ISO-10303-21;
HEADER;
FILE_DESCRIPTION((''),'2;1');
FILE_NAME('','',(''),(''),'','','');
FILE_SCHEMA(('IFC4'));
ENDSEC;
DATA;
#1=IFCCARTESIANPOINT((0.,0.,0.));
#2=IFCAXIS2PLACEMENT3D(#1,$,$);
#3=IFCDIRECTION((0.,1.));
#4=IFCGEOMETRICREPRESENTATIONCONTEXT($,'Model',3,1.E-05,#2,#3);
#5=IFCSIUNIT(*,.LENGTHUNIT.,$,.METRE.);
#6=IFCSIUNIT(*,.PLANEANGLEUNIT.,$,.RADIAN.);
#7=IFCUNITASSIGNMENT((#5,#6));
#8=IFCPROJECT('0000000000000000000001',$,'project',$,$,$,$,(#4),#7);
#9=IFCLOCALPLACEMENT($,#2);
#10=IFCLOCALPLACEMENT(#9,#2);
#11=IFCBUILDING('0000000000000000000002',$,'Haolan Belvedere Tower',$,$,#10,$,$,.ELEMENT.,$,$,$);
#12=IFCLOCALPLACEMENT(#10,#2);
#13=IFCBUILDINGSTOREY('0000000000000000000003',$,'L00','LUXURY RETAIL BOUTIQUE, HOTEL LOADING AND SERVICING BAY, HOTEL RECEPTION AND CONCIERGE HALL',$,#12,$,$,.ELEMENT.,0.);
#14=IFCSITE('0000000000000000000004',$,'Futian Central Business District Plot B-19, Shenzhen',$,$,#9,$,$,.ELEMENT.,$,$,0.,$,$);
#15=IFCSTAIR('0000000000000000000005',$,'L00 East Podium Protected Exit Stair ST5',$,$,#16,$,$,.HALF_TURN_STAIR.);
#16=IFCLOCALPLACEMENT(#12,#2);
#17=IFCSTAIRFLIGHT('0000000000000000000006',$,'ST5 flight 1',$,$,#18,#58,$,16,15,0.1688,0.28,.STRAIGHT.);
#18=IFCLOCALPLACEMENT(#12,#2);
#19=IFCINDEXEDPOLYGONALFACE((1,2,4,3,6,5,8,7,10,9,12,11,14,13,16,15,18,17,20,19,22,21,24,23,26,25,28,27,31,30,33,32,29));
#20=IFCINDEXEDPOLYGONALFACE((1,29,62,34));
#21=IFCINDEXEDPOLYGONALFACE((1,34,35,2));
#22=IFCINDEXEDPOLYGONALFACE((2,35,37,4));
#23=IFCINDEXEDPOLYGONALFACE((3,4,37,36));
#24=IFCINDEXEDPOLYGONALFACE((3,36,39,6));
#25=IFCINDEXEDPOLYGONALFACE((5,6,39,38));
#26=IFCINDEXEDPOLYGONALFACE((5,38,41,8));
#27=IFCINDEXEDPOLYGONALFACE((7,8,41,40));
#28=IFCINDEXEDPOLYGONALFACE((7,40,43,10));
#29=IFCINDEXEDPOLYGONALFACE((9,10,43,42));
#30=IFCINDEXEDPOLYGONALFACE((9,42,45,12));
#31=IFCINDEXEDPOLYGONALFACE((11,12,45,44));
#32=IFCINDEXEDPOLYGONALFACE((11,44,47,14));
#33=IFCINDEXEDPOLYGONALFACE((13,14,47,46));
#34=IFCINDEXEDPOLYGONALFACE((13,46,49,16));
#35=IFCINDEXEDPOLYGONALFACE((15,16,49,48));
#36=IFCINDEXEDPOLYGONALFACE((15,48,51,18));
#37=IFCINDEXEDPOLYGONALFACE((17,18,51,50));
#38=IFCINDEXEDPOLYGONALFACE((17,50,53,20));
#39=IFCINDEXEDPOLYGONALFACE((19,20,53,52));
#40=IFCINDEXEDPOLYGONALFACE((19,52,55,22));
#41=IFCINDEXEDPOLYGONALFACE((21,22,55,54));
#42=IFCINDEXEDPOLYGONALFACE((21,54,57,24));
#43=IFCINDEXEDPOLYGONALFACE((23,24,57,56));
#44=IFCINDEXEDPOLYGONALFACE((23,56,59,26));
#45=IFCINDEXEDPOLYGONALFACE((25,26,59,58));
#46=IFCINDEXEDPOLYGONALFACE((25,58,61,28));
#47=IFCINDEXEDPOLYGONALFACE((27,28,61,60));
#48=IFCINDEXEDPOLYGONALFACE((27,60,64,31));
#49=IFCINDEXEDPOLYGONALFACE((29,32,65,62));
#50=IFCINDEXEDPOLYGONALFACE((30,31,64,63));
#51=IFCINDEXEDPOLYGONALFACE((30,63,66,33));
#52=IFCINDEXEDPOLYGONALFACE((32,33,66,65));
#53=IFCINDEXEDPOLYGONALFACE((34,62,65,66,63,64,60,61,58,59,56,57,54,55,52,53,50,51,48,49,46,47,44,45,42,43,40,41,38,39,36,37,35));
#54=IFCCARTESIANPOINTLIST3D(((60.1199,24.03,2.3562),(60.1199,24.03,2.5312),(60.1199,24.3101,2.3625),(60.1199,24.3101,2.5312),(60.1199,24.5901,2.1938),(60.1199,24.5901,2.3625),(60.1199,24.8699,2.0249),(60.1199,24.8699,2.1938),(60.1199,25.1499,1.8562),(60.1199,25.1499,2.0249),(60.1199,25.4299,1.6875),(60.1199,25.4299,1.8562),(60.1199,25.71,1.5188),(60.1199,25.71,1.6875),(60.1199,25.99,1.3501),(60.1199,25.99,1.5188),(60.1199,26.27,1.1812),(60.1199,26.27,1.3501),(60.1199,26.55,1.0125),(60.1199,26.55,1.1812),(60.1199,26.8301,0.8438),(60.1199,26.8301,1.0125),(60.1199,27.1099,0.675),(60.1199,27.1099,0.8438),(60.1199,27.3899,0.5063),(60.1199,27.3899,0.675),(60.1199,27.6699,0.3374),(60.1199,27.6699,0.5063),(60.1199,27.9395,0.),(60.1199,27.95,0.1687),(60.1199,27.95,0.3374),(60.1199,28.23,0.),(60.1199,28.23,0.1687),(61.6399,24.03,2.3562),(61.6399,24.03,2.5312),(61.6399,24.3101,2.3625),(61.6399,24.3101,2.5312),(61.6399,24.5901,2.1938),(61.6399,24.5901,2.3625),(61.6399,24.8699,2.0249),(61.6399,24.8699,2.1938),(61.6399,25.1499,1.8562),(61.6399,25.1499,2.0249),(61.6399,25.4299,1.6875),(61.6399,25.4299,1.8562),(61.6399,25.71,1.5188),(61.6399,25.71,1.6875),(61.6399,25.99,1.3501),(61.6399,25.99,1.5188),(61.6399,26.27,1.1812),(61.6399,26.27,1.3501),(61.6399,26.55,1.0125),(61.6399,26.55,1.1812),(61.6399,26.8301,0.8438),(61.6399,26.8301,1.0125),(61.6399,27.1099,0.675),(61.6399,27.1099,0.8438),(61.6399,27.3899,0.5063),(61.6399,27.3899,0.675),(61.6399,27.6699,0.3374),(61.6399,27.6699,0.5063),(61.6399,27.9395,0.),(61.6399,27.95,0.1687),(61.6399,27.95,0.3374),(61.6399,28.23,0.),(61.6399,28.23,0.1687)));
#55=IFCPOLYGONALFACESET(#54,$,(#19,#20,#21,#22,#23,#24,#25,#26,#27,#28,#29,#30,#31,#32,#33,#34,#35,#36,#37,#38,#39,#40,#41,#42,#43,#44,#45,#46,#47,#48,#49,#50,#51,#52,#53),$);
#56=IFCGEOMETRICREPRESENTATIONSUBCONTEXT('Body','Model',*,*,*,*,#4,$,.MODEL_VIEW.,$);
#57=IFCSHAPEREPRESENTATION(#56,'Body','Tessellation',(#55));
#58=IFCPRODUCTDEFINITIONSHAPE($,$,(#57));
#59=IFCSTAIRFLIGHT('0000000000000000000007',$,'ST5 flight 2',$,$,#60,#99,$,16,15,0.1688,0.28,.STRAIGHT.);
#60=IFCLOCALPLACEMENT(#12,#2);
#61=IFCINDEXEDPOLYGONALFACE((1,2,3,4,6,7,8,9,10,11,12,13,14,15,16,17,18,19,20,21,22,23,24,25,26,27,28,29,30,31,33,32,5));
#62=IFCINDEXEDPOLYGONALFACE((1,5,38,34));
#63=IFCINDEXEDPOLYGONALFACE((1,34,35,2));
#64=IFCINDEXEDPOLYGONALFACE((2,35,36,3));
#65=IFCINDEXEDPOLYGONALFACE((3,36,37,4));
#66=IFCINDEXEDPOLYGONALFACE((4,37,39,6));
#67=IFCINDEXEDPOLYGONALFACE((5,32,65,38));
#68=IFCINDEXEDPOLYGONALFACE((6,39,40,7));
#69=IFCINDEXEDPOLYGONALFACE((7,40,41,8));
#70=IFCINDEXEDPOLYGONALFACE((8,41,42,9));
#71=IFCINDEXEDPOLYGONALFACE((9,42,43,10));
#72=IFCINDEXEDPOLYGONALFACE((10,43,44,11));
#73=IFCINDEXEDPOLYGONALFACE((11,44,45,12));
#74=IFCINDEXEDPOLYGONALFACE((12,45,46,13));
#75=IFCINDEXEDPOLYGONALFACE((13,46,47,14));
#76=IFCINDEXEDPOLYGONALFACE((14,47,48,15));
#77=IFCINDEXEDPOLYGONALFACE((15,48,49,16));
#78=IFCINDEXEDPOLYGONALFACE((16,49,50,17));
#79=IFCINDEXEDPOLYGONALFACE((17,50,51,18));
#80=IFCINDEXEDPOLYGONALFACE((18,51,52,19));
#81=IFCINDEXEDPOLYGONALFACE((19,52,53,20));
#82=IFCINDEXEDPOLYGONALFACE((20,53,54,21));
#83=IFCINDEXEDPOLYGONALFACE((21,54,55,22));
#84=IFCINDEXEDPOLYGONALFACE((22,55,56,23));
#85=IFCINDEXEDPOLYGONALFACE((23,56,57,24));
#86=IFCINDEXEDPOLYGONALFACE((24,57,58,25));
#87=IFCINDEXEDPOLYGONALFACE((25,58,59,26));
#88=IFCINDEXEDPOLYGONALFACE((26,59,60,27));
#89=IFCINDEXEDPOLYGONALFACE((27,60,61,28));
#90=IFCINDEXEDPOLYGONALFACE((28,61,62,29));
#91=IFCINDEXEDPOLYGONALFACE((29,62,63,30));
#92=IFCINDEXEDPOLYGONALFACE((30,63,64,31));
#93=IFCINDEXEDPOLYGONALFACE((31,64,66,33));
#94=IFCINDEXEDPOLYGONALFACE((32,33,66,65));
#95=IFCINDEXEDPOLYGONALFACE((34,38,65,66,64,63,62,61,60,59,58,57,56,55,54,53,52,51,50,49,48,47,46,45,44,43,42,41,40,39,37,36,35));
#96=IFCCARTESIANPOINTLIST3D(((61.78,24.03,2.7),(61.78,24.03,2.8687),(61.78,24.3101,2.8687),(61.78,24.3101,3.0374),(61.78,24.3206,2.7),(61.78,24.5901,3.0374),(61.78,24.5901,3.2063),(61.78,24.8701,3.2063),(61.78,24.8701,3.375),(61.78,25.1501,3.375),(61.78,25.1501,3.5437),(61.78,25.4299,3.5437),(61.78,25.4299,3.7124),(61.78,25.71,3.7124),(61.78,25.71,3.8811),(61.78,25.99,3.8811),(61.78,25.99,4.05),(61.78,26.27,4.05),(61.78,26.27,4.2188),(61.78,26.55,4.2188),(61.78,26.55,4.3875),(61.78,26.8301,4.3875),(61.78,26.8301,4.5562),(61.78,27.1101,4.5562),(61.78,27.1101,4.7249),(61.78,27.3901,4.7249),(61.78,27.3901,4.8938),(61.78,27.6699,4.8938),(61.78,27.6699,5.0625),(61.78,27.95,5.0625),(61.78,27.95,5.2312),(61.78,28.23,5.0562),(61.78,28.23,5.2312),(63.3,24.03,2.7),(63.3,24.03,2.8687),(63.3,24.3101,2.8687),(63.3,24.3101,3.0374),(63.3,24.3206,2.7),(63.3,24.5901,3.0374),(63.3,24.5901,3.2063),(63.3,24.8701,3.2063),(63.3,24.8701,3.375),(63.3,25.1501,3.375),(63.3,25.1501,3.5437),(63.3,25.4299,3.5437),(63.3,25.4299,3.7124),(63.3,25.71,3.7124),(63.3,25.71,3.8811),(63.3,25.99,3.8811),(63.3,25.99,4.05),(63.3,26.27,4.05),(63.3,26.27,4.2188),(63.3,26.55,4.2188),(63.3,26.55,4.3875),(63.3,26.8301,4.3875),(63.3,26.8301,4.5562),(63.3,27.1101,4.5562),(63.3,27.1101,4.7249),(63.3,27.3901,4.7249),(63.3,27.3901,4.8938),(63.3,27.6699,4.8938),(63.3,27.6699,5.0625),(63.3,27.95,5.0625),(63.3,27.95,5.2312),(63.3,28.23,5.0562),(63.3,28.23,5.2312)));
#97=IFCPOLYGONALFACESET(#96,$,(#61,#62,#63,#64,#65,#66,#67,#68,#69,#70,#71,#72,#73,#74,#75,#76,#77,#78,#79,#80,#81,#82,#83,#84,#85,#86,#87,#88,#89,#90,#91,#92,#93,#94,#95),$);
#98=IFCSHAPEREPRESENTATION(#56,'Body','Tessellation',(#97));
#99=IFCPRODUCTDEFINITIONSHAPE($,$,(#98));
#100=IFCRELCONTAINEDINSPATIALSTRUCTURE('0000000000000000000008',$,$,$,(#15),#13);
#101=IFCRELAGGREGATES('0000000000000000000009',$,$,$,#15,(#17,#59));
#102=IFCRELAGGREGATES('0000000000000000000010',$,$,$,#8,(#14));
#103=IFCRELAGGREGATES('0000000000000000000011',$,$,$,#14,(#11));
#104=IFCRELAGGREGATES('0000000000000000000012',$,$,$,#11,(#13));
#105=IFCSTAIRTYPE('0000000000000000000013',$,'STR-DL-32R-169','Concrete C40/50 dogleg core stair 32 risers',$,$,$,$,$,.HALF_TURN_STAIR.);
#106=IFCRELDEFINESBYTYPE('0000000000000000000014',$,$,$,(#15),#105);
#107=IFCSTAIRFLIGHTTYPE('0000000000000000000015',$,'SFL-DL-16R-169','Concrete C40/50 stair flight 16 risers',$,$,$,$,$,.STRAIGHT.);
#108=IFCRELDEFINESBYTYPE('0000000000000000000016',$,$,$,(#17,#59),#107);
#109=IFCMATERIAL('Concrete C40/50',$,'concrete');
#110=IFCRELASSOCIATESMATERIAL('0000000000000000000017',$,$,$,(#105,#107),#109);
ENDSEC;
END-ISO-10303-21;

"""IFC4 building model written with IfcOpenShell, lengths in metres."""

from ifc_helpers import new_model, si_unit, direction, frame, origin, place, context, subcontext, project, spatial, polyline, outline, extrude, material, type_object, element, aggregate, save


model = new_model("IFC4")

# Units and contexts
model_context = context("Model", 3, precision=1e-05, world=origin(), true_north=direction((0.0, 1.0)))
body_context = subcontext(model_context, "Body", "Model", "MODEL_VIEW")
ifc_project = project(units=[si_unit("LENGTHUNIT", "METRE"), si_unit("PLANEANGLEUNIT", "RADIAN")], contexts=[model_context])

# Site, building, storey
site_placement = place(None, origin())
site = spatial("IfcSite", under=ifc_project, at=site_placement, Name="Futian Central Business District Plot B-19, Shenzhen", CompositionType="ELEMENT", RefElevation=0.0)
building_placement = place(site_placement, origin())
building = spatial("IfcBuilding", under=site, at=building_placement, Name="Haolan Belvedere Tower", CompositionType="ELEMENT")
storey_placement = place(building_placement, origin())
storey = spatial("IfcBuildingStorey", under=building, at=storey_placement, Name="L00", Description="LUXURY RETAIL BOUTIQUE, HOTEL LOADING AND SERVICING BAY, HOTEL RECEPTION AND CONCIERGE HALL", CompositionType="ELEMENT", Elevation=0.0)

# Shared definitions
ifc_material_1 = material(Name="Concrete C40/50", Category="concrete")

# Stair, stair flights
stair_type = type_object("IfcStairType", Name="STR-DL-32R-169", Description="Concrete C40/50 dogleg core stair 32 risers", PredefinedType="HALF_TURN_STAIR", material=ifc_material_1)
stair_placement = place(storey_placement, origin())
stair = element("IfcStair", 1, at=stair_placement, inside=storey, type_object=stair_type, Name="L00 East Podium Protected Exit Stair ST5", PredefinedType="HALF_TURN_STAIR")
stair_flight_type = type_object("IfcStairFlightType", Name="SFL-DL-16R-169", Description="Concrete C40/50 stair flight 16 risers", PredefinedType="STRAIGHT", material=ifc_material_1)
stair_flight_1_placement = place(storey_placement, frame((60.8799, 28.23, 0.0), z_axis=(0.0, 0.0, 1.0), x_axis=(0.0, -1.0, 0.0)))
stair_flight_1 = element("IfcStairFlight", 2, at=stair_flight_1_placement, type_object=stair_flight_type, Name="ST5 flight 1", NumberOfRisers=16, NumberOfTreads=15, PredefinedType="STRAIGHT", RiserHeight=0.1688, TreadLength=0.28, context=body_context, shape_type="SweptSolid", body=[
    extrude(outline(polyline([(0.0, 0.0), (0.0, 0.1687), (0.28, 0.1687), (0.28, 0.3374), (0.5601, 0.3374), (0.5601, 0.5063), (0.8401, 0.5063), (0.8401, 0.675), (1.1201, 0.675), (1.1201, 0.8438), (1.3999, 0.8438), (1.3999, 1.0125), (1.6799, 1.0125), (1.6799, 1.1812), (1.96, 1.1812), (1.96, 1.3501), (2.24, 1.3501), (2.24, 1.5188), (2.52, 1.5188), (2.52, 1.6875), (2.8, 1.6875), (2.8, 1.8562), (3.0801, 1.8562), (3.0801, 2.0249), (3.3601, 2.0249), (3.3601, 2.1938), (3.6399, 2.1938), (3.6399, 2.3625), (3.9199, 2.3625), (3.9199, 2.5312), (4.2, 2.5312), (4.2, 2.7), (4.2, 2.3562), (0.2905, 0.0), (0.0, 0.0)])), frame((0.0, 0.76, 0.0), z_axis=(0.0, -1.0, 0.0), x_axis=(1.0, 0.0, 0.0)), (0.0, 0.0, 1.0), 1.52),
])
stair_flight_2_placement = place(storey_placement, frame((62.54, 24.03, 2.7), z_axis=(0.0, 0.0, 1.0), x_axis=(0.0, 1.0, 0.0)))
stair_flight_2 = element("IfcStairFlight", 3, at=stair_flight_2_placement, type_object=stair_flight_type, Name="ST5 flight 2", NumberOfRisers=16, NumberOfTreads=15, PredefinedType="STRAIGHT", RiserHeight=0.1688, TreadLength=0.28, context=body_context, shape_type="SweptSolid", body=[
    extrude(outline(polyline([(0.0, 0.0), (0.0, 0.1687), (0.28, 0.1687), (0.28, 0.3374), (0.5601, 0.3374), (0.5601, 0.5063), (0.8401, 0.5063), (0.8401, 0.675), (1.1201, 0.675), (1.1201, 0.8438), (1.3999, 0.8438), (1.3999, 1.0125), (1.6799, 1.0125), (1.6799, 1.1812), (1.96, 1.1812), (1.96, 1.3501), (2.24, 1.3501), (2.24, 1.5188), (2.52, 1.5188), (2.52, 1.6875), (2.8, 1.6875), (2.8, 1.8562), (3.0801, 1.8562), (3.0801, 2.0249), (3.3601, 2.0249), (3.3601, 2.1938), (3.6399, 2.1938), (3.6399, 2.3625), (3.9199, 2.3625), (3.9199, 2.5312), (4.2, 2.5312), (4.2, 2.7), (4.2, 2.3562), (0.2905, 0.0), (0.0, 0.0)])), frame((0.0, 0.76, 0.0), z_axis=(0.0, -1.0, 0.0), x_axis=(1.0, 0.0, 0.0)), (0.0, 0.0, 1.0), 1.52),
])
aggregate(stair, [stair_flight_1, stair_flight_2])

save(model, "model.ifc")
